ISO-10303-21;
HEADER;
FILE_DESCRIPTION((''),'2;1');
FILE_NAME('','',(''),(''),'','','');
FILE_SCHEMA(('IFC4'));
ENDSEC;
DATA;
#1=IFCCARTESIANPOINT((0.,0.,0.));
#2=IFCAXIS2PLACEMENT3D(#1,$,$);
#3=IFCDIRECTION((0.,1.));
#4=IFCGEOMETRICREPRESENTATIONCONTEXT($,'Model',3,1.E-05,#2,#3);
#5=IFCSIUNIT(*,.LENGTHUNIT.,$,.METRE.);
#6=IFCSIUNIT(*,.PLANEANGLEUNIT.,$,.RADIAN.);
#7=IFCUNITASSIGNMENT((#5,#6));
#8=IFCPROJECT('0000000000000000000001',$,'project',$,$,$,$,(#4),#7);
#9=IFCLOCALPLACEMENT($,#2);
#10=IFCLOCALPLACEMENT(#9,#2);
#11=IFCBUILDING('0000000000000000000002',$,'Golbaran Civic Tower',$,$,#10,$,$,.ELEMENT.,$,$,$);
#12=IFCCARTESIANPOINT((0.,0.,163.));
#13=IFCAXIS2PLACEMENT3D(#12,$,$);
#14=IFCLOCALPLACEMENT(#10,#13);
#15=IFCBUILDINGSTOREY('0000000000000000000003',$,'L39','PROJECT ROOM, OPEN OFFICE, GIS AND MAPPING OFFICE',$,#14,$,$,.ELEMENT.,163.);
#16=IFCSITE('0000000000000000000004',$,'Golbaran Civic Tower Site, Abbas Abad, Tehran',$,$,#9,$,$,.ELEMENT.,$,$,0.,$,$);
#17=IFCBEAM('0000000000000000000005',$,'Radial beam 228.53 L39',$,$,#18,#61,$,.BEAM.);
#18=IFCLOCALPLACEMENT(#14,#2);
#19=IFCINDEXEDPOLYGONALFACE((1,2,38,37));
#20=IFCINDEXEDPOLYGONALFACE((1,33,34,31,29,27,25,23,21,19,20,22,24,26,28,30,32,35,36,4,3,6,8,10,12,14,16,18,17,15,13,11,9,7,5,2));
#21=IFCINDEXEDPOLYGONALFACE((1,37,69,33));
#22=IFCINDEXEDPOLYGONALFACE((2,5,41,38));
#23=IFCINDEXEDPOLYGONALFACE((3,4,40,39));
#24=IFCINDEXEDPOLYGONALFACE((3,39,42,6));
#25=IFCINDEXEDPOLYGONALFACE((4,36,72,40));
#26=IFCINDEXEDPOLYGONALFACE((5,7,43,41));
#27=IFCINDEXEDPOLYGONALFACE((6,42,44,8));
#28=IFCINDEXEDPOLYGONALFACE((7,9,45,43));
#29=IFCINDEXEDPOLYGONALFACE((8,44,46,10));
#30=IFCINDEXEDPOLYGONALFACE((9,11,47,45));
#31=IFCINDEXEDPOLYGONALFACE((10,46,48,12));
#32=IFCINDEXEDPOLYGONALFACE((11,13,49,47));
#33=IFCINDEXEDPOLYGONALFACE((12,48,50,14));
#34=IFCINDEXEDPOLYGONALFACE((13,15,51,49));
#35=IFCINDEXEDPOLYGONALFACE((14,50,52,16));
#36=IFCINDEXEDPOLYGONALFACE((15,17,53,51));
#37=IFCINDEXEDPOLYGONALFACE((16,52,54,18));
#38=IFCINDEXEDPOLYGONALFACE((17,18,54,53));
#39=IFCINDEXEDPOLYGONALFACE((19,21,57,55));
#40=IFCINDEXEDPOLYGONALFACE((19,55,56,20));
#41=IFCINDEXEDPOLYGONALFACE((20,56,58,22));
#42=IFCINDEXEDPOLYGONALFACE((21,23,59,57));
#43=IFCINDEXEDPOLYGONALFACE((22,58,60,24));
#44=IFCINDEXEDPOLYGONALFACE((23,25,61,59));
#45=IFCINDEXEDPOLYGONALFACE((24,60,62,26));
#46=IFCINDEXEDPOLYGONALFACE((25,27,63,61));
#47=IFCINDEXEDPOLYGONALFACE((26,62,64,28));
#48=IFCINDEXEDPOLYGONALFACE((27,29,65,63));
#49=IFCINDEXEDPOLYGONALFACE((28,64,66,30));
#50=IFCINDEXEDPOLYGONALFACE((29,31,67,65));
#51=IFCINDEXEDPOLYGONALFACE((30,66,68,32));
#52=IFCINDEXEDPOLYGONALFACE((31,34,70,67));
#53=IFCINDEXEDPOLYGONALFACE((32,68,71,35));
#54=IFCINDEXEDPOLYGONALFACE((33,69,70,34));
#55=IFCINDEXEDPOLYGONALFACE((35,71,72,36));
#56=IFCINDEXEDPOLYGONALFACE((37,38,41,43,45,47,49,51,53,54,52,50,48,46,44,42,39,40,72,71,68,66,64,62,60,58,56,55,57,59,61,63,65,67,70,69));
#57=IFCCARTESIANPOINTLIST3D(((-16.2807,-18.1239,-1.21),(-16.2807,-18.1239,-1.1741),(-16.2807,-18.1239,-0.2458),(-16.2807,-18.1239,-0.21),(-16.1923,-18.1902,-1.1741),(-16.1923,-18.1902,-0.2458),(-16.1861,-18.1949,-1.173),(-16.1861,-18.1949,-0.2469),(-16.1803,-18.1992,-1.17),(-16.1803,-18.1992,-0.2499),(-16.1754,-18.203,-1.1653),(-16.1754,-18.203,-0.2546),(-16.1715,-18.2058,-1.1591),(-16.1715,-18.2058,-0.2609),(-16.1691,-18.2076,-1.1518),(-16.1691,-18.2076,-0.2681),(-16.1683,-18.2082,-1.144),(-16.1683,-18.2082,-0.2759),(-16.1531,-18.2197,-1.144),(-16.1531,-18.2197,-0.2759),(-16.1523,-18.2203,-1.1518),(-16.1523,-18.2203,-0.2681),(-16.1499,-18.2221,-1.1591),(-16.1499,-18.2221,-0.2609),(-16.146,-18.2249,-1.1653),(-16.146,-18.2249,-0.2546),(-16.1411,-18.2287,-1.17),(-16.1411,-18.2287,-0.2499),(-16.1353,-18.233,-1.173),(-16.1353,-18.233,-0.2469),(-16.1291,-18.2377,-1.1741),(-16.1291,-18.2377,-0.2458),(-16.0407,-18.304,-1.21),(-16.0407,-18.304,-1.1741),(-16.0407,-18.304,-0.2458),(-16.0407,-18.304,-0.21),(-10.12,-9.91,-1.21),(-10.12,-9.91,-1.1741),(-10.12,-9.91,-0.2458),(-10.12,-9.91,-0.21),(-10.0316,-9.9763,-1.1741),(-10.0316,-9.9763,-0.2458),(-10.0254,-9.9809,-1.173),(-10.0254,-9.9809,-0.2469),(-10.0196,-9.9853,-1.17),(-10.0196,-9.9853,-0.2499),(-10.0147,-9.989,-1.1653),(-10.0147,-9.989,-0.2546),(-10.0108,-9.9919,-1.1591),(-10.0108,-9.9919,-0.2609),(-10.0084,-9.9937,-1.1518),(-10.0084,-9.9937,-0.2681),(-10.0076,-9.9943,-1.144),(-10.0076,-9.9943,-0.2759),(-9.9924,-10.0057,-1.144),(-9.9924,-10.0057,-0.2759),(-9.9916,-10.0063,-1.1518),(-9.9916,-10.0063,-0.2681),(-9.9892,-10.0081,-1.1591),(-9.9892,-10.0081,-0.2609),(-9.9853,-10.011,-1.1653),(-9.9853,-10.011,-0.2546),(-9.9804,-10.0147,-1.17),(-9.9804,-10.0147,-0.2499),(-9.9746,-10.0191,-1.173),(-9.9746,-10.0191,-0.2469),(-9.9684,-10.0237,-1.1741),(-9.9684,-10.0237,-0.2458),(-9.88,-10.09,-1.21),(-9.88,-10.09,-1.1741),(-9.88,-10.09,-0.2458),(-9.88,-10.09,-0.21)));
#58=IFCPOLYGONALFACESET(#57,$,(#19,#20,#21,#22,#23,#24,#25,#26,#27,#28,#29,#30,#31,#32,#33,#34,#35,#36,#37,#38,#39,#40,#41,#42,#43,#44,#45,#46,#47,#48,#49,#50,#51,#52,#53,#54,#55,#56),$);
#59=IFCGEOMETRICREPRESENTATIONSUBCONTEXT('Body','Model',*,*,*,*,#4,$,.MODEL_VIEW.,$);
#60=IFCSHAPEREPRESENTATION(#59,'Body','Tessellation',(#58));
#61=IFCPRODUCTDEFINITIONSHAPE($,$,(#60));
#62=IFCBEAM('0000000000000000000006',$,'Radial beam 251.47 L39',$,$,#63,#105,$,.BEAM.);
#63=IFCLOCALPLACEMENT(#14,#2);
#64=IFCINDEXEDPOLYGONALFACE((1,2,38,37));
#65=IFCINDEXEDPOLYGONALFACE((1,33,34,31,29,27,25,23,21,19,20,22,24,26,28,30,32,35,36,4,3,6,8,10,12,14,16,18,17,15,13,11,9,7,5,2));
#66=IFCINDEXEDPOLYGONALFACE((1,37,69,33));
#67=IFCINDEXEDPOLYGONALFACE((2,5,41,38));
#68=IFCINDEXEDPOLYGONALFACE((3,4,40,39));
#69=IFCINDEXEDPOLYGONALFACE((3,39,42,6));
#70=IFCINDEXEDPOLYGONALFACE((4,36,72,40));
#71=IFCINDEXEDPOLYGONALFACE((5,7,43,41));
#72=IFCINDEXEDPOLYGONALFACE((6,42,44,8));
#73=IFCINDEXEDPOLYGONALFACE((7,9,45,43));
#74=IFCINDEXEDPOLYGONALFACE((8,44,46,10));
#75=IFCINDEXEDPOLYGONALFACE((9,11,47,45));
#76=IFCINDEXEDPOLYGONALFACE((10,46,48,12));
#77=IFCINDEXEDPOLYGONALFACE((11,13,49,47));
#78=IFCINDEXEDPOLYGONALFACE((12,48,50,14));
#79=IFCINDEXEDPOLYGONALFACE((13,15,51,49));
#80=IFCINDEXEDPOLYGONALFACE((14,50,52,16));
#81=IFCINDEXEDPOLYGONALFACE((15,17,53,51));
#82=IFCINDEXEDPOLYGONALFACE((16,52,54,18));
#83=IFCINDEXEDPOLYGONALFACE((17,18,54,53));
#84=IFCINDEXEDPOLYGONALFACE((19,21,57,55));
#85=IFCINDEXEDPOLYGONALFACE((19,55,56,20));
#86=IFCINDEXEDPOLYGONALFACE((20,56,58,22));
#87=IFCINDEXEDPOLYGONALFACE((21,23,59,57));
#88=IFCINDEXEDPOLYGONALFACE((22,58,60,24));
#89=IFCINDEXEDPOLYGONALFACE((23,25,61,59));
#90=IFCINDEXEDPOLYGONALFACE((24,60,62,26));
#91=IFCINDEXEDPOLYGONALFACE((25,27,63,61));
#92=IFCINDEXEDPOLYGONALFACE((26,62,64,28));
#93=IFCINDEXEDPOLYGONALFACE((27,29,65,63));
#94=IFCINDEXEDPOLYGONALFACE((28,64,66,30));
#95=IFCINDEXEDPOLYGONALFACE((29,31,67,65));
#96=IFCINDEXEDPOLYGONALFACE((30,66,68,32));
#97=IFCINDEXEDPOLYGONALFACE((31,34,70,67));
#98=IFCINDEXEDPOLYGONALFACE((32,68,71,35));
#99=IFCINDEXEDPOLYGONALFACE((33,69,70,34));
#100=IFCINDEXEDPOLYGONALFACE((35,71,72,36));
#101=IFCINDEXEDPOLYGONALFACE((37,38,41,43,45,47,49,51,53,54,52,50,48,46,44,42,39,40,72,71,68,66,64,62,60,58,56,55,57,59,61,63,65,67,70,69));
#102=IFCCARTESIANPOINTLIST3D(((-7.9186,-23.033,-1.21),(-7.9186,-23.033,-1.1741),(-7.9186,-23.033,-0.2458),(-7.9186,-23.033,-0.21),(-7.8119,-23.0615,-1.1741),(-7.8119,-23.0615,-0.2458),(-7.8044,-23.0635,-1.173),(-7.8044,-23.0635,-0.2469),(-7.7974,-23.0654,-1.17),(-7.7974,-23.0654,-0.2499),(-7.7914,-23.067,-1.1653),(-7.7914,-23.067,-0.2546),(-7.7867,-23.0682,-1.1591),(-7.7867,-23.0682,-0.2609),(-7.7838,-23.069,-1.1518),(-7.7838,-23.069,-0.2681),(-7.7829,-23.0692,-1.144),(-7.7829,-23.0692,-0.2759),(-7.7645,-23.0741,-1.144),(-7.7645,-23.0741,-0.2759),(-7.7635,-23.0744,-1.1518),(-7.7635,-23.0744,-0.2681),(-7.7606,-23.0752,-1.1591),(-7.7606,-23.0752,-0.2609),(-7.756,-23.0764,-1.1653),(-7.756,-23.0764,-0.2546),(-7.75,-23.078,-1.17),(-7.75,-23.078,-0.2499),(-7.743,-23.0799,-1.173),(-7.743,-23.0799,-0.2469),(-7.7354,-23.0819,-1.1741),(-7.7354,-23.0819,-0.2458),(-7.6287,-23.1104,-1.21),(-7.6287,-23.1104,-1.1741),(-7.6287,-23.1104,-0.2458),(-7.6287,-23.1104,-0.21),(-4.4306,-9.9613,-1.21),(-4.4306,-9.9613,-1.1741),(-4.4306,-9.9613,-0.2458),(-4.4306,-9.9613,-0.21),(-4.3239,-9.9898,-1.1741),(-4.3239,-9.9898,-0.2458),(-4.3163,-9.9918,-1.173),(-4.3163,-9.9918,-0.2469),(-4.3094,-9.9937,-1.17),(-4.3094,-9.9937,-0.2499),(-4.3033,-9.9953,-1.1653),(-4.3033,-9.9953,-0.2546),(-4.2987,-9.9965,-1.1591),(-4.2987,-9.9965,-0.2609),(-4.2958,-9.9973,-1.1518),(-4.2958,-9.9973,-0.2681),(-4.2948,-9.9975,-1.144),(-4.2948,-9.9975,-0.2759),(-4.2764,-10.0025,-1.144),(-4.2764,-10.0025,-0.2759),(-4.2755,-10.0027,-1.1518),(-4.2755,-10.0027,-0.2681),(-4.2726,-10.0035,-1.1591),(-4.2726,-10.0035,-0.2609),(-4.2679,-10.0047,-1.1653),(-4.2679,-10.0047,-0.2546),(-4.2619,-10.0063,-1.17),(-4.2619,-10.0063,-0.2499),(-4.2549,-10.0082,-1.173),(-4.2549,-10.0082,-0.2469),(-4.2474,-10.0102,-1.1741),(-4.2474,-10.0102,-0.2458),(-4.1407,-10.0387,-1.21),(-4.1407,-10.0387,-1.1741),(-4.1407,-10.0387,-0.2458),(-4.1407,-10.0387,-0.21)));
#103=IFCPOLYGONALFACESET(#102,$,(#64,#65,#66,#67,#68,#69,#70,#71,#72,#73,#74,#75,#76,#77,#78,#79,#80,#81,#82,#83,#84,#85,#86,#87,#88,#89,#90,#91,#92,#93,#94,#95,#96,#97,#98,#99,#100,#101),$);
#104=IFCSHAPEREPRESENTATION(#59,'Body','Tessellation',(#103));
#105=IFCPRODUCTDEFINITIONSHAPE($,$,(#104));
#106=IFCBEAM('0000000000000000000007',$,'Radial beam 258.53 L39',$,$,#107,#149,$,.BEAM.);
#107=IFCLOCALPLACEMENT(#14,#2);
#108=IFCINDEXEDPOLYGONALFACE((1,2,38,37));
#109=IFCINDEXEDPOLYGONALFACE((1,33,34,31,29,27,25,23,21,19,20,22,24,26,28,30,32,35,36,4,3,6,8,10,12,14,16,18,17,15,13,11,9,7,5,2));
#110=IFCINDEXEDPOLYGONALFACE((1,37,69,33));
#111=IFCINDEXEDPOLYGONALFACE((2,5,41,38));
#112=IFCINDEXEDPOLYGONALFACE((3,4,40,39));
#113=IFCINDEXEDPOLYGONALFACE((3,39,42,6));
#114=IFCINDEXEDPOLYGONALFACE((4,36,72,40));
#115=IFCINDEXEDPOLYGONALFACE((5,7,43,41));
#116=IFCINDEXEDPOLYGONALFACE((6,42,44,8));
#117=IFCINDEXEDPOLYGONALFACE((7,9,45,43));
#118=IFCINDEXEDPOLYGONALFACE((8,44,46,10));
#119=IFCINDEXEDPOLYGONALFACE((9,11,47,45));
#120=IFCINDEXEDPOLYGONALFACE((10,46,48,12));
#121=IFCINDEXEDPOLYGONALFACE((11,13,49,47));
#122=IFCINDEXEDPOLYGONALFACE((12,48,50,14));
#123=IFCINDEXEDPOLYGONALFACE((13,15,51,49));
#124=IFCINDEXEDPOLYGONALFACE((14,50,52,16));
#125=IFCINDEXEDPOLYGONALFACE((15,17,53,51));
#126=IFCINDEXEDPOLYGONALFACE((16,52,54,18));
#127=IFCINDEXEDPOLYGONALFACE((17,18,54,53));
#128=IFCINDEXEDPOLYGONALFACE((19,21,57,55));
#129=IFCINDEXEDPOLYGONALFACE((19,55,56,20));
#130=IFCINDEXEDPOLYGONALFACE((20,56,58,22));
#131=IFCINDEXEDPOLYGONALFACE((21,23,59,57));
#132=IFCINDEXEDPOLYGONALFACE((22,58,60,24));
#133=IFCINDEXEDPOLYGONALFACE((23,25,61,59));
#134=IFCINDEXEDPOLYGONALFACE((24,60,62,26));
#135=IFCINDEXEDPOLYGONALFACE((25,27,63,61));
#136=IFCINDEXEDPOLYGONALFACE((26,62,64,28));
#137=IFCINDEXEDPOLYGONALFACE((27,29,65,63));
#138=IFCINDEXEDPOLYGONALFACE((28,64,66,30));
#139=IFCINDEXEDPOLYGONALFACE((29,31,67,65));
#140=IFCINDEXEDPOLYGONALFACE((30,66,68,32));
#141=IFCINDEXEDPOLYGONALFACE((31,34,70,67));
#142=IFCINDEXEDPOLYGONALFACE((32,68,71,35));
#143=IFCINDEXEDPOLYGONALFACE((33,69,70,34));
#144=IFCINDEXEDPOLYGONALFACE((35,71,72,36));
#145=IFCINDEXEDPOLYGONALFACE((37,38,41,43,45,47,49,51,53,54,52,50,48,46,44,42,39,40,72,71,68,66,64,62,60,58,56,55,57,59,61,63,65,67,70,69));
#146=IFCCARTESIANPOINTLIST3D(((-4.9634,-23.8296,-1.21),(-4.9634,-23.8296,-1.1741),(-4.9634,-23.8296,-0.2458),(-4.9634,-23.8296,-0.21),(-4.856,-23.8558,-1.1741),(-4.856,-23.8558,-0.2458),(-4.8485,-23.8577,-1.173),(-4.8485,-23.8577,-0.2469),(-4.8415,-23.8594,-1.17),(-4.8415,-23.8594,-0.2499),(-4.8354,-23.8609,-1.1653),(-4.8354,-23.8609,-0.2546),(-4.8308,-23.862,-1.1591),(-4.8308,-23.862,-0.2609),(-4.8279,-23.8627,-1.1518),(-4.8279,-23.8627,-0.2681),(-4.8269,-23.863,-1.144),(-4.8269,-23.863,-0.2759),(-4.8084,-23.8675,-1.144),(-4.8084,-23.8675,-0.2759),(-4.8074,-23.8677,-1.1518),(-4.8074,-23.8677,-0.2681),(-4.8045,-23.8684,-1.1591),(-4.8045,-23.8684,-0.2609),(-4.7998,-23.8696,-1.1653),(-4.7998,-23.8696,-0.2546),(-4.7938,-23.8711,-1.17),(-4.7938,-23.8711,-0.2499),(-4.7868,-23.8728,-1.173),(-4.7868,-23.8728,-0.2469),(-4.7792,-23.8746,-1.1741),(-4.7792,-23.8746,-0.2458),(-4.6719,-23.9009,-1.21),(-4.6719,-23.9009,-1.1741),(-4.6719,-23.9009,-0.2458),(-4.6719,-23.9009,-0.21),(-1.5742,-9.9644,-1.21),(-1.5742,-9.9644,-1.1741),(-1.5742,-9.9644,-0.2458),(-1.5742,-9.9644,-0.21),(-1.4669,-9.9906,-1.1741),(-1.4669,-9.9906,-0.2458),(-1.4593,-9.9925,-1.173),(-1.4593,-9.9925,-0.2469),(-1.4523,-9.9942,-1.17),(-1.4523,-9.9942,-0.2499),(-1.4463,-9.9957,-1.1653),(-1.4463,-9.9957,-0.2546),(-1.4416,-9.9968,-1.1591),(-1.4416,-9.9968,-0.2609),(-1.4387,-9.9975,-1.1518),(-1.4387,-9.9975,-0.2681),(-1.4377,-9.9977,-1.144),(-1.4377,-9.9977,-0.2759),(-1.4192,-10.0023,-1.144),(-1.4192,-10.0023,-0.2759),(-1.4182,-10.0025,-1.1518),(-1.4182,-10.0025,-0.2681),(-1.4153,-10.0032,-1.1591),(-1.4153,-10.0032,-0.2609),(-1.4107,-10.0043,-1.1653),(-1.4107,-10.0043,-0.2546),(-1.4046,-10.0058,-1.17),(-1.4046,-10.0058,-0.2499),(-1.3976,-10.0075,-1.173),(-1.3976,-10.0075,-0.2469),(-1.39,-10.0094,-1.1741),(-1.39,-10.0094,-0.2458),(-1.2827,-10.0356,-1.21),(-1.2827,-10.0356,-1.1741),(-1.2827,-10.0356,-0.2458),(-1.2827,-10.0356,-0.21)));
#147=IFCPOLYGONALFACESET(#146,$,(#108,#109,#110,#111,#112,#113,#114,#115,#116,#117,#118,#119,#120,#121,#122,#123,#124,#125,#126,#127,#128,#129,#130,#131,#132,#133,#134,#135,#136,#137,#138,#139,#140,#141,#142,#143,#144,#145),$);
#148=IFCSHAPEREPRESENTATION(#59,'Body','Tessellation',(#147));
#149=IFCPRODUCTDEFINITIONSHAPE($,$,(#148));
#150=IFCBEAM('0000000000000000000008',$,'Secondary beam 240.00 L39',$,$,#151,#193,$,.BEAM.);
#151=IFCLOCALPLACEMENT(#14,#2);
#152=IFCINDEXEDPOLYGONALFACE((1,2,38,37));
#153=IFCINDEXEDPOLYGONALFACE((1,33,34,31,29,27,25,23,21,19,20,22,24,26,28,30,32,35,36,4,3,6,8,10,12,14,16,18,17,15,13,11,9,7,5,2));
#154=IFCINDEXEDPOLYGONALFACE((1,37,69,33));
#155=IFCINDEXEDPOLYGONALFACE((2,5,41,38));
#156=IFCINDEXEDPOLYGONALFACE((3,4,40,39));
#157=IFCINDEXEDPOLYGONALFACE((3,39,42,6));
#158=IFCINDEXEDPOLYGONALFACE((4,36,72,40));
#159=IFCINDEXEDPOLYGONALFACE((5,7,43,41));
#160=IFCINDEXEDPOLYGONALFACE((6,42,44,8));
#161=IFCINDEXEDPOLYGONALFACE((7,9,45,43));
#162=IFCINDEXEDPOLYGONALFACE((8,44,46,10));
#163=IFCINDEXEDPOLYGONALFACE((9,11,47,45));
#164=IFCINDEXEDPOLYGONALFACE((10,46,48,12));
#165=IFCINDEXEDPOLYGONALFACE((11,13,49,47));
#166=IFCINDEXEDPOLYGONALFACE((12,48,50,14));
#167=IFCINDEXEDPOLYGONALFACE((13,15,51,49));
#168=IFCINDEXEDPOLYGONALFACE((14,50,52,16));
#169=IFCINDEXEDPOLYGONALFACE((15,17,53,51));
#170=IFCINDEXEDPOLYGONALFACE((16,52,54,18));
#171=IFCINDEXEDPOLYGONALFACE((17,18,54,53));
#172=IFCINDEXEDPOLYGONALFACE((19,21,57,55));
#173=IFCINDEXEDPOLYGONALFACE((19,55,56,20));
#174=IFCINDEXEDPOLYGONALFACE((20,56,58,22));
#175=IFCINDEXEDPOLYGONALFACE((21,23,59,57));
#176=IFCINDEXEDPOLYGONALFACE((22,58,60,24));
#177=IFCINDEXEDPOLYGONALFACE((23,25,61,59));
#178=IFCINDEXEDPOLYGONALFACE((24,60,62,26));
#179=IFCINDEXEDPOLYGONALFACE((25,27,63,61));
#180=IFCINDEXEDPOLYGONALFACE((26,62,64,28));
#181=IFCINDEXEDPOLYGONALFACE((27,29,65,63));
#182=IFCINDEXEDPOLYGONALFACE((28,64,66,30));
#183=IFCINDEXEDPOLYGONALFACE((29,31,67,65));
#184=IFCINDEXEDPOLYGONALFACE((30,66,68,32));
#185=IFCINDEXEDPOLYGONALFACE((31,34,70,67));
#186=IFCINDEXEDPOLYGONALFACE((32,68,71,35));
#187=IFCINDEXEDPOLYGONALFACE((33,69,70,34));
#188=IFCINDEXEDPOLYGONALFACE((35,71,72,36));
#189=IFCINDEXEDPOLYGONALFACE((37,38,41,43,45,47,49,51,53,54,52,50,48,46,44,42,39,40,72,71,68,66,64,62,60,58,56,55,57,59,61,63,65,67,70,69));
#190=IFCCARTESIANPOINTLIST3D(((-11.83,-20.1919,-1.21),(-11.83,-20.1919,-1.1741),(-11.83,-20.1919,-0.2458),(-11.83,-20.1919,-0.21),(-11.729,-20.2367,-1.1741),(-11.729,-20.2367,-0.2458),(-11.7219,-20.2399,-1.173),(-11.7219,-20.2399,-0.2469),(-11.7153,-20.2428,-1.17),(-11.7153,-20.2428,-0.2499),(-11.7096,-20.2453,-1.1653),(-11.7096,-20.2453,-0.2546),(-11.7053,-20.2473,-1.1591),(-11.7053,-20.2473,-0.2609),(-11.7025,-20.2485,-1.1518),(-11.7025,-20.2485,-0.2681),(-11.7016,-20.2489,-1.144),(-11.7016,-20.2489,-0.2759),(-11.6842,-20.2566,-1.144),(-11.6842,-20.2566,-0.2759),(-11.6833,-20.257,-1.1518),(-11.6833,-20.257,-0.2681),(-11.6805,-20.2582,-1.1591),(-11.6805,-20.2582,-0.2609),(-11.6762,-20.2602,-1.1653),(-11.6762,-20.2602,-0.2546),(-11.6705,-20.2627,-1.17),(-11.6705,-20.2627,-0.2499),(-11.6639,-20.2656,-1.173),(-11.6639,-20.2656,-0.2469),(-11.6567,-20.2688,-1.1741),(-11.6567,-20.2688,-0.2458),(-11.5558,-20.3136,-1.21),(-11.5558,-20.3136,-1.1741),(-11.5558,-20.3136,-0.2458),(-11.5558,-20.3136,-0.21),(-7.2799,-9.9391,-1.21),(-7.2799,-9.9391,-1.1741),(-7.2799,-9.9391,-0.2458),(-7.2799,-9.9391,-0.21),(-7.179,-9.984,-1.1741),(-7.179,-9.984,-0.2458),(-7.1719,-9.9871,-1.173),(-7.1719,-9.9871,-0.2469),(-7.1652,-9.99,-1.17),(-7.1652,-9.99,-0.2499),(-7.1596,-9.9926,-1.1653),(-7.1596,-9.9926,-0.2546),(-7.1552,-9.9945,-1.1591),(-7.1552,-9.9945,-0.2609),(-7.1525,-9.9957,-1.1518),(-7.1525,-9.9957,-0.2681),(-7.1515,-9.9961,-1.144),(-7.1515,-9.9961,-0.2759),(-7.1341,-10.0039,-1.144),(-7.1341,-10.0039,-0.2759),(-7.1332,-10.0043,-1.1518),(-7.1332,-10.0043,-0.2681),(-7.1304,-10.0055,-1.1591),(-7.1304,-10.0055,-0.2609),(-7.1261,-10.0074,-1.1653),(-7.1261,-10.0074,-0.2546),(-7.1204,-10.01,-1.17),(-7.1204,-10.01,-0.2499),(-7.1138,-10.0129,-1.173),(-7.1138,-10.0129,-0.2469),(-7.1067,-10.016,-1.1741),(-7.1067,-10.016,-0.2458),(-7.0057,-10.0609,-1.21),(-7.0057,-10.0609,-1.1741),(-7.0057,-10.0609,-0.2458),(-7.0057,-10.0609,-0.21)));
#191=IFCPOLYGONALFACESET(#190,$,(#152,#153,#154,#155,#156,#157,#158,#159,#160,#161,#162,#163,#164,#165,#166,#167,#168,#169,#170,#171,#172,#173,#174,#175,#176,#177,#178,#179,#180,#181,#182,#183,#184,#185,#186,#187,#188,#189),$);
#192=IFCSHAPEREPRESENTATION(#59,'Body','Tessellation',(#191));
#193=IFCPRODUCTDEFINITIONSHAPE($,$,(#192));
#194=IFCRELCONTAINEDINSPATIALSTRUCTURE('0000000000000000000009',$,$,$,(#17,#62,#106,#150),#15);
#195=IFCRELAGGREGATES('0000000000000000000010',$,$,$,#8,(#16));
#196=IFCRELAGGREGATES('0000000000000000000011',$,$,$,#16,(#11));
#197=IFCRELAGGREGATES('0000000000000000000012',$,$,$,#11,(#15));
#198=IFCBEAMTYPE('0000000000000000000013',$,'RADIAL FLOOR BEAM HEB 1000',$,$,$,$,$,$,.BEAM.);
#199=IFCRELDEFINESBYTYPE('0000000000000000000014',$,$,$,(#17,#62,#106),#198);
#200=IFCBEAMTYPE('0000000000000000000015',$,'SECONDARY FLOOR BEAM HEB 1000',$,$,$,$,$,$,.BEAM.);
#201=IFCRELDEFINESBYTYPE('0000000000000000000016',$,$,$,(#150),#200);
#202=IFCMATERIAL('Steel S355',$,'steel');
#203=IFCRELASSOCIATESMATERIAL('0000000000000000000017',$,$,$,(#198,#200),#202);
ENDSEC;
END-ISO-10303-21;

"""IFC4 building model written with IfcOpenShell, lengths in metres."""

from ifc_helpers import new_model, si_unit, direction, frame, origin, origin_2d, place, context, subcontext, project, spatial, i_section, extrude, material, material_profile, profile_set, type_object, element, save


model = new_model("IFC4")

# Units and contexts
model_context = context("Model", 3, precision=1e-05, world=origin(), true_north=direction((0.0, 1.0)))
body_context = subcontext(model_context, "Body", "Model", "MODEL_VIEW")
ifc_project = project(units=[si_unit("LENGTHUNIT", "METRE"), si_unit("PLANEANGLEUNIT", "RADIAN")], contexts=[model_context])

# Site, building, storey
site_placement = place(None, origin())
site = spatial("IfcSite", under=ifc_project, at=site_placement, Name="Golbaran Civic Tower Site, Abbas Abad, Tehran", CompositionType="ELEMENT", RefElevation=0.0)
building_placement = place(site_placement, origin())
building = spatial("IfcBuilding", under=site, at=building_placement, Name="Golbaran Civic Tower", CompositionType="ELEMENT")
storey_placement = place(building_placement, frame((0.0, 0.0, 163.0)))
storey = spatial("IfcBuildingStorey", under=building, at=storey_placement, Name="L39", Description="PROJECT ROOM, OPEN OFFICE, GIS AND MAPPING OFFICE", CompositionType="ELEMENT", Elevation=163.0)

# Beams
ifc_material_1 = material(Name="Steel S355", Category="steel")
ifc_material_profile_1 = material_profile(ifc_material_1, i_section(OverallWidth=0.3, OverallDepth=1.0, WebThickness=0.019, FlangeThickness=0.0359, FilletRadius=0.03, at=origin_2d()), Name="HEB 1000")
ifc_profile_set_1 = profile_set([ifc_material_profile_1], Name="Steel S355")
beam_type_1 = type_object("IfcBeamType", Name="RADIAL FLOOR BEAM HEB 1000", PredefinedType="BEAM", material=ifc_profile_set_1)
beam_1_placement = place(storey_placement, frame((-10.0, -10.0, -0.71), z_axis=(-0.600015, -0.799989, 0.0), x_axis=(0.799989, -0.600015, 0.0)))
element("IfcBeam", 1, at=beam_1_placement, inside=storey, type_object=beam_type_1, Name="Radial beam 228.53 L39", PredefinedType="BEAM", context=body_context, shape_type="SweptSolid", body=[
    extrude(i_section(OverallWidth=0.3, OverallDepth=1.0, WebThickness=0.019, FlangeThickness=0.0359, FilletRadius=0.03, at=origin_2d()), origin(), (0.0, 0.0, 1.0), 10.2676),
])
beam_2_placement = place(storey_placement, frame((-4.2856, -10.0, -0.71), z_axis=(-0.257817, -0.966194, 0.0), x_axis=(0.966194, -0.257817, 0.0)))
element("IfcBeam", 2, at=beam_2_placement, inside=storey, type_object=beam_type_1, Name="Radial beam 251.47 L39", PredefinedType="BEAM", context=body_context, shape_type="SweptSolid", body=[
    extrude(i_section(OverallWidth=0.3, OverallDepth=1.0, WebThickness=0.019, FlangeThickness=0.0359, FilletRadius=0.03, at=origin_2d()), origin(), (0.0, 0.0, 1.0), 13.5291),
])
beam_3_placement = place(storey_placement, frame((-1.4285, -10.0, -0.71), z_axis=(-0.237445, -0.971401, 0.0), x_axis=(0.971401, -0.237445, 0.0)))
element("IfcBeam", 3, at=beam_3_placement, inside=storey, type_object=beam_type_1, Name="Radial beam 258.53 L39", PredefinedType="BEAM", context=body_context, shape_type="SweptSolid", body=[
    extrude(i_section(OverallWidth=0.3, OverallDepth=1.0, WebThickness=0.019, FlangeThickness=0.0359, FilletRadius=0.03, at=origin_2d()), origin(), (0.0, 0.0, 1.0), 14.2734),
])
ifc_material_profile_2 = material_profile(ifc_material_1, i_section(OverallWidth=0.3, OverallDepth=1.0, WebThickness=0.019, FlangeThickness=0.0359, FilletRadius=0.03, at=origin_2d()), Name="HEB 1000")
ifc_profile_set_2 = profile_set([ifc_material_profile_2], Name="Steel S355")
beam_type_2 = type_object("IfcBeamType", Name="SECONDARY FLOOR BEAM HEB 1000", PredefinedType="BEAM", material=ifc_profile_set_2)
beam_4_placement = place(storey_placement, frame((-7.1428, -10.0, -0.71), z_axis=(-0.40564, -0.914033, 0.0), x_axis=(0.914033, -0.40564, 0.0)))
element("IfcBeam", 4, at=beam_4_placement, inside=storey, type_object=beam_type_2, Name="Secondary beam 240.00 L39", PredefinedType="BEAM", context=body_context, shape_type="SweptSolid", body=[
    extrude(i_section(OverallWidth=0.3, OverallDepth=1.0, WebThickness=0.019, FlangeThickness=0.0359, FilletRadius=0.03, at=origin_2d()), origin(), (0.0, 0.0, 1.0), 11.217),
])

save(model, "model.ifc")
